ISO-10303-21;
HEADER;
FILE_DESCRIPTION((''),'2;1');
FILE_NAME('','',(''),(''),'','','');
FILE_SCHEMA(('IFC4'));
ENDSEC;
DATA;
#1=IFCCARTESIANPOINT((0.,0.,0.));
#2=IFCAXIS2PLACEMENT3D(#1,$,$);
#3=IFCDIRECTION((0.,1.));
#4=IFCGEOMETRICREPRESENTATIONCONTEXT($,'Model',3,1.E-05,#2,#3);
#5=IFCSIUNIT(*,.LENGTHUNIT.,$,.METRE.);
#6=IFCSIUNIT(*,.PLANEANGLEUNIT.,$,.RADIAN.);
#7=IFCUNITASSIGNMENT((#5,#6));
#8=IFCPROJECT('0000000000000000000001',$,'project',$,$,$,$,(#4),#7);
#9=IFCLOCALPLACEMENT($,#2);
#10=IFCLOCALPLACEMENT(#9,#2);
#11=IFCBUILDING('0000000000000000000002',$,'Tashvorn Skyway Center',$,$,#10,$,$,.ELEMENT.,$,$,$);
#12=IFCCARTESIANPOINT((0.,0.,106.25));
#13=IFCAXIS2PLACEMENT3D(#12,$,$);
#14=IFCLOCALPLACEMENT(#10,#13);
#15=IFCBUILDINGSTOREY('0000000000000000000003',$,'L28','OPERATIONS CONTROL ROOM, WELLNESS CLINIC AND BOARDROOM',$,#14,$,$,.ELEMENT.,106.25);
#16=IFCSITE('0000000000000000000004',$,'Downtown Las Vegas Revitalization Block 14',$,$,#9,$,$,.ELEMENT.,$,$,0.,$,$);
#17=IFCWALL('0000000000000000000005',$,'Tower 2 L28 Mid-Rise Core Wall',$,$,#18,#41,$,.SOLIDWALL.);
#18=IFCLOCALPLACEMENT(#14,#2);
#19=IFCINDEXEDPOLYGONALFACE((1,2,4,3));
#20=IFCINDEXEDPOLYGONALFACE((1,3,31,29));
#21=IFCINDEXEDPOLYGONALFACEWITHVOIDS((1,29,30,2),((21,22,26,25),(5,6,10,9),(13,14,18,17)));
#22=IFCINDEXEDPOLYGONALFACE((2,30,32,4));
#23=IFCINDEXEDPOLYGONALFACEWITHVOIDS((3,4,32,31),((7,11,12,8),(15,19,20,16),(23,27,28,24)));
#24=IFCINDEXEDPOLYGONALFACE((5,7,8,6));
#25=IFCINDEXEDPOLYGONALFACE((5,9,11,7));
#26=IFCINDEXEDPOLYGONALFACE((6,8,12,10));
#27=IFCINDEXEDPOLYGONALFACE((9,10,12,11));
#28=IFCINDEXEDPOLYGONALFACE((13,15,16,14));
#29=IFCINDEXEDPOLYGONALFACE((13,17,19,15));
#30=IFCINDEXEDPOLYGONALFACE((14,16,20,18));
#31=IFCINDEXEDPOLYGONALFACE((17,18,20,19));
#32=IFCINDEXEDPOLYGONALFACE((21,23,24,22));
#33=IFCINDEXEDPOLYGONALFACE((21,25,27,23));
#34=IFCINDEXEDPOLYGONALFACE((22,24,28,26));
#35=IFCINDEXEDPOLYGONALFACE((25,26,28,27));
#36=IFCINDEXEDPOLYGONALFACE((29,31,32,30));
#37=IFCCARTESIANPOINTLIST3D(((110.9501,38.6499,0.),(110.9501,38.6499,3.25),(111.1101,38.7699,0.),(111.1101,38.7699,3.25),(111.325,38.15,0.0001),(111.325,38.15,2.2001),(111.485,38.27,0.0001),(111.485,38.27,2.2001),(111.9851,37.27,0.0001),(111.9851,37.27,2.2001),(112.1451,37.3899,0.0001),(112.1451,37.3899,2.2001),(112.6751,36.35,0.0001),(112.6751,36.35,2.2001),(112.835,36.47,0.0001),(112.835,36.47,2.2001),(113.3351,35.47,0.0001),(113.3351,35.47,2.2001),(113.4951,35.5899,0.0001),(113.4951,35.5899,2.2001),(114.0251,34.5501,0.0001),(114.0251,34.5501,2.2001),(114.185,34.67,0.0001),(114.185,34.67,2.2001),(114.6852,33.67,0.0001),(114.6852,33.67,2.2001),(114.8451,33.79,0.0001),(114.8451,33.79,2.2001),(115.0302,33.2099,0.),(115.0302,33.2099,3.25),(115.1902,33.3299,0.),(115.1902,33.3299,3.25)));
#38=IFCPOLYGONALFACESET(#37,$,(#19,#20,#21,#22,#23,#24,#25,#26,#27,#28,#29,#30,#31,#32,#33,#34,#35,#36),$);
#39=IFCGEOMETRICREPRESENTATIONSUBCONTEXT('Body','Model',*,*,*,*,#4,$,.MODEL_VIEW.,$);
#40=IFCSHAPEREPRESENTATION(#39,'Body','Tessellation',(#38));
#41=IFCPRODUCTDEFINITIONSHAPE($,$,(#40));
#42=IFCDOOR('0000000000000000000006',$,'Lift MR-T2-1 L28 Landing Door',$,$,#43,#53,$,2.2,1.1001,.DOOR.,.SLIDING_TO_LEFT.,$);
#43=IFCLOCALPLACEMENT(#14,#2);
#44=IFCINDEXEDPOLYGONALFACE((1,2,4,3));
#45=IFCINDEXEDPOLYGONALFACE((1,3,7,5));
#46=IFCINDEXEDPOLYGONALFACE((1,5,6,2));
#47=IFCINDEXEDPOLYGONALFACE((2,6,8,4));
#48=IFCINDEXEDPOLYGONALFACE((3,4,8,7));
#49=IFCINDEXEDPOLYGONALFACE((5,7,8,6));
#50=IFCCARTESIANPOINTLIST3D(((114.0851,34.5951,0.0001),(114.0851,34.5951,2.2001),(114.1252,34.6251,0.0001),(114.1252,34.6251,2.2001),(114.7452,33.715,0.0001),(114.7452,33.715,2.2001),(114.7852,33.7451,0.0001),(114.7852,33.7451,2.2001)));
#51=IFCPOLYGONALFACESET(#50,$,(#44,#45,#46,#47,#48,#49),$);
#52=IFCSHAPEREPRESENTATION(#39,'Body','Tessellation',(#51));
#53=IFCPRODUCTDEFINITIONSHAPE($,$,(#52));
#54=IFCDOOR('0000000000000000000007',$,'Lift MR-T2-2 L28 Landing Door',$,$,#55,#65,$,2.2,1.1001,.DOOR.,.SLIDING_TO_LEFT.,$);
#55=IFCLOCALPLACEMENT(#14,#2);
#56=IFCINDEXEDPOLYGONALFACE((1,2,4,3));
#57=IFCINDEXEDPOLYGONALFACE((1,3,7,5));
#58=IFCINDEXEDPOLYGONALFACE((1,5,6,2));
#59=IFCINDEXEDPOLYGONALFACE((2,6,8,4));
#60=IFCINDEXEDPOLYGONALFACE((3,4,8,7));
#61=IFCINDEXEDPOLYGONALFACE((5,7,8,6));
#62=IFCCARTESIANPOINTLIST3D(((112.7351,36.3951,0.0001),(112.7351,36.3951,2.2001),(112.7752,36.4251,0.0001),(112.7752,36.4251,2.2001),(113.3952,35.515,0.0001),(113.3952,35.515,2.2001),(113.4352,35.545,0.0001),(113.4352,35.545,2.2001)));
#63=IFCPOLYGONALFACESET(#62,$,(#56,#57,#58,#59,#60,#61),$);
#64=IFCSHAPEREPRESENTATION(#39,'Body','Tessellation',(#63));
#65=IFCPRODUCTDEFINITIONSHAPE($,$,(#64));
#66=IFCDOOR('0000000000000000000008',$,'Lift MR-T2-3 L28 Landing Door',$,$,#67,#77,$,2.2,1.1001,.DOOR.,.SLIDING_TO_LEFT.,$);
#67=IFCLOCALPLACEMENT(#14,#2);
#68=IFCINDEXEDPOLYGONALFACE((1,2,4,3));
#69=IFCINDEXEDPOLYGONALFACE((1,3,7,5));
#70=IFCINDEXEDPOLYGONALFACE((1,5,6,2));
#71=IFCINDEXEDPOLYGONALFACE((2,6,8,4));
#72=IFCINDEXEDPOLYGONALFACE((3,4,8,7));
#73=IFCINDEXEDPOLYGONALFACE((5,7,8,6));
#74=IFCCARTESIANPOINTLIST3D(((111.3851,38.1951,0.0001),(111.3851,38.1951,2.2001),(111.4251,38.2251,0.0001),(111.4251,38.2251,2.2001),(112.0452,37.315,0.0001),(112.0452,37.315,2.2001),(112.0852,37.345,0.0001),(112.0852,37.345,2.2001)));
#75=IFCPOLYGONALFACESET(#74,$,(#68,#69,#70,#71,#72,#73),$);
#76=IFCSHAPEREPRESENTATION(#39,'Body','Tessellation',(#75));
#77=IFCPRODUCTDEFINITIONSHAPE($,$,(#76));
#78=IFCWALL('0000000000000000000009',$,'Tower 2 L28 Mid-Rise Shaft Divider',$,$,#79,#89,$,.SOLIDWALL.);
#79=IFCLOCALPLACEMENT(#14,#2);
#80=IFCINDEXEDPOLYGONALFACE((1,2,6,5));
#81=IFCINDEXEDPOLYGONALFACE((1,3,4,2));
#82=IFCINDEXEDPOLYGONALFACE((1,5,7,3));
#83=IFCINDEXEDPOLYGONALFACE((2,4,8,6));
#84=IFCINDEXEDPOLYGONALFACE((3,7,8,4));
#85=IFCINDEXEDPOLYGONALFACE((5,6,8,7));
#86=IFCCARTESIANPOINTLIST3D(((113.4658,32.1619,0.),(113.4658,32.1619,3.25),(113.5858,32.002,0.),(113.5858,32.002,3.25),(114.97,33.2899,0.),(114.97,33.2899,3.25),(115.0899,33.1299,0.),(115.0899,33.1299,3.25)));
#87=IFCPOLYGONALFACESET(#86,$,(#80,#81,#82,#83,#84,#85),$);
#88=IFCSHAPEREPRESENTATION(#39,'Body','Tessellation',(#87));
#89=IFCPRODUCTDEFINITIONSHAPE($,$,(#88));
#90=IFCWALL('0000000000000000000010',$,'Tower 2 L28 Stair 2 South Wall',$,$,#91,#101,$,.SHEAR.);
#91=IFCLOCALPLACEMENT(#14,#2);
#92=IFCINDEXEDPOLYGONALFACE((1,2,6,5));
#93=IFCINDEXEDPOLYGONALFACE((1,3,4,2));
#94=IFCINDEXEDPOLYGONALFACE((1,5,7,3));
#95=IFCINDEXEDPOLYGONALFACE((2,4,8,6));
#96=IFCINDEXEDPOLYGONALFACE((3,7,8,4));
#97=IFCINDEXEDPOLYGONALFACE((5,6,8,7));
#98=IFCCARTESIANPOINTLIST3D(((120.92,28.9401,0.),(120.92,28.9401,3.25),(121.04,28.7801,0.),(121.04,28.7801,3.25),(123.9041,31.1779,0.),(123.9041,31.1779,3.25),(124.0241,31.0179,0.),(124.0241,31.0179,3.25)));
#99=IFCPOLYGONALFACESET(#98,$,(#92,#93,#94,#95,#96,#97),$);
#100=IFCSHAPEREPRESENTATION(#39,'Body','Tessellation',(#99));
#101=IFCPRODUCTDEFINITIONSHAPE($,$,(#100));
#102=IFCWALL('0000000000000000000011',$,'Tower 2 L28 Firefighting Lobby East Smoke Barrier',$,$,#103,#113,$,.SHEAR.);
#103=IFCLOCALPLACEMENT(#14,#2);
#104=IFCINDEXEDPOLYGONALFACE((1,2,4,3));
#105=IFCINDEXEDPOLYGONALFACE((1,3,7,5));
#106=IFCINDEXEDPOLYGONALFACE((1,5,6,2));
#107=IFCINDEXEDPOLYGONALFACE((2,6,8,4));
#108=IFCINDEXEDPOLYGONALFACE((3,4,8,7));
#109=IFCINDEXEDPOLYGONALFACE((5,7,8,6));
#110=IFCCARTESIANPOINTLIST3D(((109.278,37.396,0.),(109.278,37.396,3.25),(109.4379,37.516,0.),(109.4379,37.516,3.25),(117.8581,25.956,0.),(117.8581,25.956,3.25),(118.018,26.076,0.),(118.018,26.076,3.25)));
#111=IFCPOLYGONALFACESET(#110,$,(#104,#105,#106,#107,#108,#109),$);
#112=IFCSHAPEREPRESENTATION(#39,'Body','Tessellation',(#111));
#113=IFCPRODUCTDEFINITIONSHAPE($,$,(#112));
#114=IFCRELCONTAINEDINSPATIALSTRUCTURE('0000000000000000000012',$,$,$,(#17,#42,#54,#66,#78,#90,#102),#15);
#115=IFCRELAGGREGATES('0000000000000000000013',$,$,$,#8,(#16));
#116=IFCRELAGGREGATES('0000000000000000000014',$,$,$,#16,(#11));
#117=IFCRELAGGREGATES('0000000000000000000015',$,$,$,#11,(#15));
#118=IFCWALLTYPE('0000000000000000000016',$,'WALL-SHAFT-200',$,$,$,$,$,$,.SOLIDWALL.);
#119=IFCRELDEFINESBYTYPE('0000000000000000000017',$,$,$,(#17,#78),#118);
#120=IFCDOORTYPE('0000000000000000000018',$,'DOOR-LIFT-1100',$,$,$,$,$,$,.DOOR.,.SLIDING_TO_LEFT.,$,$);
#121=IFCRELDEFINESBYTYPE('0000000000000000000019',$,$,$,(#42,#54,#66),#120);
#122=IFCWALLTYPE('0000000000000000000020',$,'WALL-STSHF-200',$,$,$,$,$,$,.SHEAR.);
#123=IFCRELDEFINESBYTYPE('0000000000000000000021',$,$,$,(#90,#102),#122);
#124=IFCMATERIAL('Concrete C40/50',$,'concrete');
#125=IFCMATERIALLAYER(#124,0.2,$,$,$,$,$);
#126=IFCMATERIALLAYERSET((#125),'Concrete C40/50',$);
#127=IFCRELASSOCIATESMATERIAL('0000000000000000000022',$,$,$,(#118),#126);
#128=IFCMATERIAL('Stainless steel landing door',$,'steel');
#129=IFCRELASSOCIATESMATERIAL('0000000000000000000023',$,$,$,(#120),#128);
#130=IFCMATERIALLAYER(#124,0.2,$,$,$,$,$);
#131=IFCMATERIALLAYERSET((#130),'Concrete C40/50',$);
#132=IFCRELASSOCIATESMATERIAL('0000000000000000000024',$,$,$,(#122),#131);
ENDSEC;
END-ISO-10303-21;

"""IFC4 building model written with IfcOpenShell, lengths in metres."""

from ifc_helpers import new_model, si_unit, direction, frame, frame_2d, origin, place, context, subcontext, project, spatial, rectangle, extrude, material, layer, layer_set, type_object, element, fill, save


model = new_model("IFC4")

# Units and contexts
model_context = context("Model", 3, precision=1e-05, world=origin(), true_north=direction((0.0, 1.0)))
body_context = subcontext(model_context, "Body", "Model", "MODEL_VIEW")
ifc_project = project(units=[si_unit("LENGTHUNIT", "METRE"), si_unit("PLANEANGLEUNIT", "RADIAN")], contexts=[model_context])

# Site, building, storey
site_placement = place(None, origin())
site = spatial("IfcSite", under=ifc_project, at=site_placement, Name="Downtown Las Vegas Revitalization Block 14", CompositionType="ELEMENT", RefElevation=0.0)
building_placement = place(site_placement, origin())
building = spatial("IfcBuilding", under=site, at=building_placement, Name="Tashvorn Skyway Center", CompositionType="ELEMENT")
storey_placement = place(building_placement, frame((0.0, 0.0, 106.25)))
storey = spatial("IfcBuildingStorey", under=building, at=storey_placement, Name="L28", Description="OPERATIONS CONTROL ROOM, WELLNESS CLINIC AND BOARDROOM", CompositionType="ELEMENT", Elevation=106.25)

# Shared definitions
ifc_material_1 = material(Name="Concrete C40/50", Category="concrete")

# Shared definitions
ifc_layer_1 = layer(ifc_material_1, 0.2)
ifc_layer_set_1 = layer_set([ifc_layer_1], Name="Concrete C40/50")
wall_type_1 = type_object("IfcWallType", Name="WALL-SHAFT-200", PredefinedType="SOLIDWALL", material=ifc_layer_set_1)
ifc_material_2 = material(Name="Stainless steel landing door", Category="steel")
door_type_1 = type_object("IfcDoorType", Name="DOOR-LIFT-1100", OperationType="SLIDING_TO_LEFT", PredefinedType="DOOR", material=ifc_material_2)

# Wall, openings, doors
wall_1_placement = place(storey_placement, frame((115.1101, 33.27, 0.0), z_axis=(0.0, 0.0, 1.0), x_axis=(-0.600011, 0.799991, 0.0)))
wall_1 = element("IfcWall", 1, at=wall_1_placement, inside=storey, type_object=wall_type_1, Name="Tower 2 L28 Mid-Rise Core Wall", PredefinedType="SOLIDWALL", context=body_context, shape_type="SweptSolid", body=[
    extrude(rectangle(XDim=6.8, YDim=0.2, at=frame_2d((3.3999, 0.0))), origin(), (0.0, 0.0, 1.0), 3.25),
])
opening_1_placement = place(wall_1_placement, frame((0.575, 0.0, 0.0)))
opening_1 = element("IfcOpeningElement", 2, at=opening_1_placement, cuts=wall_1, PredefinedType="OPENING", context=body_context, shape_type="SweptSolid", body=[
    extrude(rectangle(XDim=1.1001, YDim=2.2, at=frame_2d((0.55, 1.1001))), frame((0.0, 0.1099, 0.0), z_axis=(0.0, -1.0, 0.0), x_axis=(1.0, 0.0, 0.0)), (0.0, 0.0, 1.0), 0.22),
])
opening_2_placement = place(wall_1_placement, frame((2.825, 0.0, 0.0)))
opening_2 = element("IfcOpeningElement", 3, at=opening_2_placement, cuts=wall_1, PredefinedType="OPENING", context=body_context, shape_type="SweptSolid", body=[
    extrude(rectangle(XDim=1.1001, YDim=2.2, at=frame_2d((0.55, 1.1001))), frame((0.0, 0.1099, 0.0), z_axis=(0.0, -1.0, 0.0), x_axis=(1.0, 0.0, 0.0)), (0.0, 0.0, 1.0), 0.22),
])
opening_3_placement = place(wall_1_placement, frame((5.075, 0.0, 0.0)))
opening_3 = element("IfcOpeningElement", 4, at=opening_3_placement, cuts=wall_1, PredefinedType="OPENING", context=body_context, shape_type="SweptSolid", body=[
    extrude(rectangle(XDim=1.1001, YDim=2.2, at=frame_2d((0.55, 1.1001))), frame((0.0, 0.1099, 0.0), z_axis=(0.0, -1.0, 0.0), x_axis=(1.0, 0.0, 0.0)), (0.0, 0.0, 1.0), 0.22),
])
door_1_placement = place(opening_1_placement, origin())
door_1 = element("IfcDoor", 5, at=door_1_placement, inside=storey, type_object=door_type_1, Name="Lift MR-T2-1 L28 Landing Door", OperationType="SLIDING_TO_LEFT", OverallHeight=2.2, OverallWidth=1.1001, PredefinedType="DOOR", context=body_context, shape_type="SweptSolid", body=[
    extrude(rectangle(XDim=1.1001, YDim=2.2, at=frame_2d((0.55, 1.1001))), frame((0.0, 0.0249, 0.0), z_axis=(0.0, -1.0, 0.0), x_axis=(1.0, 0.0, 0.0)), (0.0, 0.0, 1.0), 0.05),
])
fill(opening_1, door_1)
door_2_placement = place(opening_2_placement, origin())
door_2 = element("IfcDoor", 6, at=door_2_placement, inside=storey, type_object=door_type_1, Name="Lift MR-T2-2 L28 Landing Door", OperationType="SLIDING_TO_LEFT", OverallHeight=2.2, OverallWidth=1.1001, PredefinedType="DOOR", context=body_context, shape_type="SweptSolid", body=[
    extrude(rectangle(XDim=1.1001, YDim=2.2, at=frame_2d((0.55, 1.1001))), frame((0.0, 0.0249, 0.0), z_axis=(0.0, -1.0, 0.0), x_axis=(1.0, 0.0, 0.0)), (0.0, 0.0, 1.0), 0.05),
])
fill(opening_2, door_2)
door_3_placement = place(opening_3_placement, origin())
door_3 = element("IfcDoor", 7, at=door_3_placement, inside=storey, type_object=door_type_1, Name="Lift MR-T2-3 L28 Landing Door", OperationType="SLIDING_TO_LEFT", OverallHeight=2.2, OverallWidth=1.1001, PredefinedType="DOOR", context=body_context, shape_type="SweptSolid", body=[
    extrude(rectangle(XDim=1.1001, YDim=2.2, at=frame_2d((0.55, 1.1001))), frame((0.0, 0.0249, 0.0), z_axis=(0.0, -1.0, 0.0), x_axis=(1.0, 0.0, 0.0)), (0.0, 0.0, 1.0), 0.05),
])
fill(opening_3, door_3)

# Walls
wall_2_placement = place(storey_placement, frame((113.5259, 32.082, 0.0), z_axis=(0.0, 0.0, 1.0), x_axis=(0.800047, 0.599938, 0.0)))
element("IfcWall", 8, at=wall_2_placement, inside=storey, type_object=wall_type_1, Name="Tower 2 L28 Mid-Rise Shaft Divider", PredefinedType="SOLIDWALL", context=body_context, shape_type="SweptSolid", body=[
    extrude(rectangle(XDim=1.8801, YDim=0.2, at=frame_2d((0.9399, 0.0))), origin(), (0.0, 0.0, 1.0), 3.25),
])
ifc_layer_2 = layer(ifc_material_1, 0.2)
ifc_layer_set_2 = layer_set([ifc_layer_2], Name="Concrete C40/50")
wall_type_2 = type_object("IfcWallType", Name="WALL-STSHF-200", PredefinedType="SHEAR", material=ifc_layer_set_2)
wall_3_placement = place(storey_placement, frame((120.98, 28.8601, 0.0), z_axis=(0.0, 0.0, 1.0), x_axis=(0.800039, 0.599948, 0.0)))
element("IfcWall", 9, at=wall_3_placement, inside=storey, type_object=wall_type_2, Name="Tower 2 L28 Stair 2 South Wall", PredefinedType="SHEAR", context=body_context, shape_type="SweptSolid", body=[
    extrude(rectangle(XDim=3.73, YDim=0.2, at=frame_2d((1.865, 0.0))), origin(), (0.0, 0.0, 1.0), 3.25),
])
wall_4_placement = place(storey_placement, frame((117.938, 26.0161, 0.0), z_axis=(0.0, 0.0, 1.0), x_axis=(-0.600005, 0.799996, 0.0)))
element("IfcWall", 10, at=wall_4_placement, inside=storey, type_object=wall_type_2, Name="Tower 2 L28 Firefighting Lobby East Smoke Barrier", PredefinedType="SHEAR", context=body_context, shape_type="SweptSolid", body=[
    extrude(rectangle(XDim=14.3, YDim=0.2, at=frame_2d((7.1499, 0.0))), origin(), (0.0, 0.0, 1.0), 3.25),
])

save(model, "model.ifc")
